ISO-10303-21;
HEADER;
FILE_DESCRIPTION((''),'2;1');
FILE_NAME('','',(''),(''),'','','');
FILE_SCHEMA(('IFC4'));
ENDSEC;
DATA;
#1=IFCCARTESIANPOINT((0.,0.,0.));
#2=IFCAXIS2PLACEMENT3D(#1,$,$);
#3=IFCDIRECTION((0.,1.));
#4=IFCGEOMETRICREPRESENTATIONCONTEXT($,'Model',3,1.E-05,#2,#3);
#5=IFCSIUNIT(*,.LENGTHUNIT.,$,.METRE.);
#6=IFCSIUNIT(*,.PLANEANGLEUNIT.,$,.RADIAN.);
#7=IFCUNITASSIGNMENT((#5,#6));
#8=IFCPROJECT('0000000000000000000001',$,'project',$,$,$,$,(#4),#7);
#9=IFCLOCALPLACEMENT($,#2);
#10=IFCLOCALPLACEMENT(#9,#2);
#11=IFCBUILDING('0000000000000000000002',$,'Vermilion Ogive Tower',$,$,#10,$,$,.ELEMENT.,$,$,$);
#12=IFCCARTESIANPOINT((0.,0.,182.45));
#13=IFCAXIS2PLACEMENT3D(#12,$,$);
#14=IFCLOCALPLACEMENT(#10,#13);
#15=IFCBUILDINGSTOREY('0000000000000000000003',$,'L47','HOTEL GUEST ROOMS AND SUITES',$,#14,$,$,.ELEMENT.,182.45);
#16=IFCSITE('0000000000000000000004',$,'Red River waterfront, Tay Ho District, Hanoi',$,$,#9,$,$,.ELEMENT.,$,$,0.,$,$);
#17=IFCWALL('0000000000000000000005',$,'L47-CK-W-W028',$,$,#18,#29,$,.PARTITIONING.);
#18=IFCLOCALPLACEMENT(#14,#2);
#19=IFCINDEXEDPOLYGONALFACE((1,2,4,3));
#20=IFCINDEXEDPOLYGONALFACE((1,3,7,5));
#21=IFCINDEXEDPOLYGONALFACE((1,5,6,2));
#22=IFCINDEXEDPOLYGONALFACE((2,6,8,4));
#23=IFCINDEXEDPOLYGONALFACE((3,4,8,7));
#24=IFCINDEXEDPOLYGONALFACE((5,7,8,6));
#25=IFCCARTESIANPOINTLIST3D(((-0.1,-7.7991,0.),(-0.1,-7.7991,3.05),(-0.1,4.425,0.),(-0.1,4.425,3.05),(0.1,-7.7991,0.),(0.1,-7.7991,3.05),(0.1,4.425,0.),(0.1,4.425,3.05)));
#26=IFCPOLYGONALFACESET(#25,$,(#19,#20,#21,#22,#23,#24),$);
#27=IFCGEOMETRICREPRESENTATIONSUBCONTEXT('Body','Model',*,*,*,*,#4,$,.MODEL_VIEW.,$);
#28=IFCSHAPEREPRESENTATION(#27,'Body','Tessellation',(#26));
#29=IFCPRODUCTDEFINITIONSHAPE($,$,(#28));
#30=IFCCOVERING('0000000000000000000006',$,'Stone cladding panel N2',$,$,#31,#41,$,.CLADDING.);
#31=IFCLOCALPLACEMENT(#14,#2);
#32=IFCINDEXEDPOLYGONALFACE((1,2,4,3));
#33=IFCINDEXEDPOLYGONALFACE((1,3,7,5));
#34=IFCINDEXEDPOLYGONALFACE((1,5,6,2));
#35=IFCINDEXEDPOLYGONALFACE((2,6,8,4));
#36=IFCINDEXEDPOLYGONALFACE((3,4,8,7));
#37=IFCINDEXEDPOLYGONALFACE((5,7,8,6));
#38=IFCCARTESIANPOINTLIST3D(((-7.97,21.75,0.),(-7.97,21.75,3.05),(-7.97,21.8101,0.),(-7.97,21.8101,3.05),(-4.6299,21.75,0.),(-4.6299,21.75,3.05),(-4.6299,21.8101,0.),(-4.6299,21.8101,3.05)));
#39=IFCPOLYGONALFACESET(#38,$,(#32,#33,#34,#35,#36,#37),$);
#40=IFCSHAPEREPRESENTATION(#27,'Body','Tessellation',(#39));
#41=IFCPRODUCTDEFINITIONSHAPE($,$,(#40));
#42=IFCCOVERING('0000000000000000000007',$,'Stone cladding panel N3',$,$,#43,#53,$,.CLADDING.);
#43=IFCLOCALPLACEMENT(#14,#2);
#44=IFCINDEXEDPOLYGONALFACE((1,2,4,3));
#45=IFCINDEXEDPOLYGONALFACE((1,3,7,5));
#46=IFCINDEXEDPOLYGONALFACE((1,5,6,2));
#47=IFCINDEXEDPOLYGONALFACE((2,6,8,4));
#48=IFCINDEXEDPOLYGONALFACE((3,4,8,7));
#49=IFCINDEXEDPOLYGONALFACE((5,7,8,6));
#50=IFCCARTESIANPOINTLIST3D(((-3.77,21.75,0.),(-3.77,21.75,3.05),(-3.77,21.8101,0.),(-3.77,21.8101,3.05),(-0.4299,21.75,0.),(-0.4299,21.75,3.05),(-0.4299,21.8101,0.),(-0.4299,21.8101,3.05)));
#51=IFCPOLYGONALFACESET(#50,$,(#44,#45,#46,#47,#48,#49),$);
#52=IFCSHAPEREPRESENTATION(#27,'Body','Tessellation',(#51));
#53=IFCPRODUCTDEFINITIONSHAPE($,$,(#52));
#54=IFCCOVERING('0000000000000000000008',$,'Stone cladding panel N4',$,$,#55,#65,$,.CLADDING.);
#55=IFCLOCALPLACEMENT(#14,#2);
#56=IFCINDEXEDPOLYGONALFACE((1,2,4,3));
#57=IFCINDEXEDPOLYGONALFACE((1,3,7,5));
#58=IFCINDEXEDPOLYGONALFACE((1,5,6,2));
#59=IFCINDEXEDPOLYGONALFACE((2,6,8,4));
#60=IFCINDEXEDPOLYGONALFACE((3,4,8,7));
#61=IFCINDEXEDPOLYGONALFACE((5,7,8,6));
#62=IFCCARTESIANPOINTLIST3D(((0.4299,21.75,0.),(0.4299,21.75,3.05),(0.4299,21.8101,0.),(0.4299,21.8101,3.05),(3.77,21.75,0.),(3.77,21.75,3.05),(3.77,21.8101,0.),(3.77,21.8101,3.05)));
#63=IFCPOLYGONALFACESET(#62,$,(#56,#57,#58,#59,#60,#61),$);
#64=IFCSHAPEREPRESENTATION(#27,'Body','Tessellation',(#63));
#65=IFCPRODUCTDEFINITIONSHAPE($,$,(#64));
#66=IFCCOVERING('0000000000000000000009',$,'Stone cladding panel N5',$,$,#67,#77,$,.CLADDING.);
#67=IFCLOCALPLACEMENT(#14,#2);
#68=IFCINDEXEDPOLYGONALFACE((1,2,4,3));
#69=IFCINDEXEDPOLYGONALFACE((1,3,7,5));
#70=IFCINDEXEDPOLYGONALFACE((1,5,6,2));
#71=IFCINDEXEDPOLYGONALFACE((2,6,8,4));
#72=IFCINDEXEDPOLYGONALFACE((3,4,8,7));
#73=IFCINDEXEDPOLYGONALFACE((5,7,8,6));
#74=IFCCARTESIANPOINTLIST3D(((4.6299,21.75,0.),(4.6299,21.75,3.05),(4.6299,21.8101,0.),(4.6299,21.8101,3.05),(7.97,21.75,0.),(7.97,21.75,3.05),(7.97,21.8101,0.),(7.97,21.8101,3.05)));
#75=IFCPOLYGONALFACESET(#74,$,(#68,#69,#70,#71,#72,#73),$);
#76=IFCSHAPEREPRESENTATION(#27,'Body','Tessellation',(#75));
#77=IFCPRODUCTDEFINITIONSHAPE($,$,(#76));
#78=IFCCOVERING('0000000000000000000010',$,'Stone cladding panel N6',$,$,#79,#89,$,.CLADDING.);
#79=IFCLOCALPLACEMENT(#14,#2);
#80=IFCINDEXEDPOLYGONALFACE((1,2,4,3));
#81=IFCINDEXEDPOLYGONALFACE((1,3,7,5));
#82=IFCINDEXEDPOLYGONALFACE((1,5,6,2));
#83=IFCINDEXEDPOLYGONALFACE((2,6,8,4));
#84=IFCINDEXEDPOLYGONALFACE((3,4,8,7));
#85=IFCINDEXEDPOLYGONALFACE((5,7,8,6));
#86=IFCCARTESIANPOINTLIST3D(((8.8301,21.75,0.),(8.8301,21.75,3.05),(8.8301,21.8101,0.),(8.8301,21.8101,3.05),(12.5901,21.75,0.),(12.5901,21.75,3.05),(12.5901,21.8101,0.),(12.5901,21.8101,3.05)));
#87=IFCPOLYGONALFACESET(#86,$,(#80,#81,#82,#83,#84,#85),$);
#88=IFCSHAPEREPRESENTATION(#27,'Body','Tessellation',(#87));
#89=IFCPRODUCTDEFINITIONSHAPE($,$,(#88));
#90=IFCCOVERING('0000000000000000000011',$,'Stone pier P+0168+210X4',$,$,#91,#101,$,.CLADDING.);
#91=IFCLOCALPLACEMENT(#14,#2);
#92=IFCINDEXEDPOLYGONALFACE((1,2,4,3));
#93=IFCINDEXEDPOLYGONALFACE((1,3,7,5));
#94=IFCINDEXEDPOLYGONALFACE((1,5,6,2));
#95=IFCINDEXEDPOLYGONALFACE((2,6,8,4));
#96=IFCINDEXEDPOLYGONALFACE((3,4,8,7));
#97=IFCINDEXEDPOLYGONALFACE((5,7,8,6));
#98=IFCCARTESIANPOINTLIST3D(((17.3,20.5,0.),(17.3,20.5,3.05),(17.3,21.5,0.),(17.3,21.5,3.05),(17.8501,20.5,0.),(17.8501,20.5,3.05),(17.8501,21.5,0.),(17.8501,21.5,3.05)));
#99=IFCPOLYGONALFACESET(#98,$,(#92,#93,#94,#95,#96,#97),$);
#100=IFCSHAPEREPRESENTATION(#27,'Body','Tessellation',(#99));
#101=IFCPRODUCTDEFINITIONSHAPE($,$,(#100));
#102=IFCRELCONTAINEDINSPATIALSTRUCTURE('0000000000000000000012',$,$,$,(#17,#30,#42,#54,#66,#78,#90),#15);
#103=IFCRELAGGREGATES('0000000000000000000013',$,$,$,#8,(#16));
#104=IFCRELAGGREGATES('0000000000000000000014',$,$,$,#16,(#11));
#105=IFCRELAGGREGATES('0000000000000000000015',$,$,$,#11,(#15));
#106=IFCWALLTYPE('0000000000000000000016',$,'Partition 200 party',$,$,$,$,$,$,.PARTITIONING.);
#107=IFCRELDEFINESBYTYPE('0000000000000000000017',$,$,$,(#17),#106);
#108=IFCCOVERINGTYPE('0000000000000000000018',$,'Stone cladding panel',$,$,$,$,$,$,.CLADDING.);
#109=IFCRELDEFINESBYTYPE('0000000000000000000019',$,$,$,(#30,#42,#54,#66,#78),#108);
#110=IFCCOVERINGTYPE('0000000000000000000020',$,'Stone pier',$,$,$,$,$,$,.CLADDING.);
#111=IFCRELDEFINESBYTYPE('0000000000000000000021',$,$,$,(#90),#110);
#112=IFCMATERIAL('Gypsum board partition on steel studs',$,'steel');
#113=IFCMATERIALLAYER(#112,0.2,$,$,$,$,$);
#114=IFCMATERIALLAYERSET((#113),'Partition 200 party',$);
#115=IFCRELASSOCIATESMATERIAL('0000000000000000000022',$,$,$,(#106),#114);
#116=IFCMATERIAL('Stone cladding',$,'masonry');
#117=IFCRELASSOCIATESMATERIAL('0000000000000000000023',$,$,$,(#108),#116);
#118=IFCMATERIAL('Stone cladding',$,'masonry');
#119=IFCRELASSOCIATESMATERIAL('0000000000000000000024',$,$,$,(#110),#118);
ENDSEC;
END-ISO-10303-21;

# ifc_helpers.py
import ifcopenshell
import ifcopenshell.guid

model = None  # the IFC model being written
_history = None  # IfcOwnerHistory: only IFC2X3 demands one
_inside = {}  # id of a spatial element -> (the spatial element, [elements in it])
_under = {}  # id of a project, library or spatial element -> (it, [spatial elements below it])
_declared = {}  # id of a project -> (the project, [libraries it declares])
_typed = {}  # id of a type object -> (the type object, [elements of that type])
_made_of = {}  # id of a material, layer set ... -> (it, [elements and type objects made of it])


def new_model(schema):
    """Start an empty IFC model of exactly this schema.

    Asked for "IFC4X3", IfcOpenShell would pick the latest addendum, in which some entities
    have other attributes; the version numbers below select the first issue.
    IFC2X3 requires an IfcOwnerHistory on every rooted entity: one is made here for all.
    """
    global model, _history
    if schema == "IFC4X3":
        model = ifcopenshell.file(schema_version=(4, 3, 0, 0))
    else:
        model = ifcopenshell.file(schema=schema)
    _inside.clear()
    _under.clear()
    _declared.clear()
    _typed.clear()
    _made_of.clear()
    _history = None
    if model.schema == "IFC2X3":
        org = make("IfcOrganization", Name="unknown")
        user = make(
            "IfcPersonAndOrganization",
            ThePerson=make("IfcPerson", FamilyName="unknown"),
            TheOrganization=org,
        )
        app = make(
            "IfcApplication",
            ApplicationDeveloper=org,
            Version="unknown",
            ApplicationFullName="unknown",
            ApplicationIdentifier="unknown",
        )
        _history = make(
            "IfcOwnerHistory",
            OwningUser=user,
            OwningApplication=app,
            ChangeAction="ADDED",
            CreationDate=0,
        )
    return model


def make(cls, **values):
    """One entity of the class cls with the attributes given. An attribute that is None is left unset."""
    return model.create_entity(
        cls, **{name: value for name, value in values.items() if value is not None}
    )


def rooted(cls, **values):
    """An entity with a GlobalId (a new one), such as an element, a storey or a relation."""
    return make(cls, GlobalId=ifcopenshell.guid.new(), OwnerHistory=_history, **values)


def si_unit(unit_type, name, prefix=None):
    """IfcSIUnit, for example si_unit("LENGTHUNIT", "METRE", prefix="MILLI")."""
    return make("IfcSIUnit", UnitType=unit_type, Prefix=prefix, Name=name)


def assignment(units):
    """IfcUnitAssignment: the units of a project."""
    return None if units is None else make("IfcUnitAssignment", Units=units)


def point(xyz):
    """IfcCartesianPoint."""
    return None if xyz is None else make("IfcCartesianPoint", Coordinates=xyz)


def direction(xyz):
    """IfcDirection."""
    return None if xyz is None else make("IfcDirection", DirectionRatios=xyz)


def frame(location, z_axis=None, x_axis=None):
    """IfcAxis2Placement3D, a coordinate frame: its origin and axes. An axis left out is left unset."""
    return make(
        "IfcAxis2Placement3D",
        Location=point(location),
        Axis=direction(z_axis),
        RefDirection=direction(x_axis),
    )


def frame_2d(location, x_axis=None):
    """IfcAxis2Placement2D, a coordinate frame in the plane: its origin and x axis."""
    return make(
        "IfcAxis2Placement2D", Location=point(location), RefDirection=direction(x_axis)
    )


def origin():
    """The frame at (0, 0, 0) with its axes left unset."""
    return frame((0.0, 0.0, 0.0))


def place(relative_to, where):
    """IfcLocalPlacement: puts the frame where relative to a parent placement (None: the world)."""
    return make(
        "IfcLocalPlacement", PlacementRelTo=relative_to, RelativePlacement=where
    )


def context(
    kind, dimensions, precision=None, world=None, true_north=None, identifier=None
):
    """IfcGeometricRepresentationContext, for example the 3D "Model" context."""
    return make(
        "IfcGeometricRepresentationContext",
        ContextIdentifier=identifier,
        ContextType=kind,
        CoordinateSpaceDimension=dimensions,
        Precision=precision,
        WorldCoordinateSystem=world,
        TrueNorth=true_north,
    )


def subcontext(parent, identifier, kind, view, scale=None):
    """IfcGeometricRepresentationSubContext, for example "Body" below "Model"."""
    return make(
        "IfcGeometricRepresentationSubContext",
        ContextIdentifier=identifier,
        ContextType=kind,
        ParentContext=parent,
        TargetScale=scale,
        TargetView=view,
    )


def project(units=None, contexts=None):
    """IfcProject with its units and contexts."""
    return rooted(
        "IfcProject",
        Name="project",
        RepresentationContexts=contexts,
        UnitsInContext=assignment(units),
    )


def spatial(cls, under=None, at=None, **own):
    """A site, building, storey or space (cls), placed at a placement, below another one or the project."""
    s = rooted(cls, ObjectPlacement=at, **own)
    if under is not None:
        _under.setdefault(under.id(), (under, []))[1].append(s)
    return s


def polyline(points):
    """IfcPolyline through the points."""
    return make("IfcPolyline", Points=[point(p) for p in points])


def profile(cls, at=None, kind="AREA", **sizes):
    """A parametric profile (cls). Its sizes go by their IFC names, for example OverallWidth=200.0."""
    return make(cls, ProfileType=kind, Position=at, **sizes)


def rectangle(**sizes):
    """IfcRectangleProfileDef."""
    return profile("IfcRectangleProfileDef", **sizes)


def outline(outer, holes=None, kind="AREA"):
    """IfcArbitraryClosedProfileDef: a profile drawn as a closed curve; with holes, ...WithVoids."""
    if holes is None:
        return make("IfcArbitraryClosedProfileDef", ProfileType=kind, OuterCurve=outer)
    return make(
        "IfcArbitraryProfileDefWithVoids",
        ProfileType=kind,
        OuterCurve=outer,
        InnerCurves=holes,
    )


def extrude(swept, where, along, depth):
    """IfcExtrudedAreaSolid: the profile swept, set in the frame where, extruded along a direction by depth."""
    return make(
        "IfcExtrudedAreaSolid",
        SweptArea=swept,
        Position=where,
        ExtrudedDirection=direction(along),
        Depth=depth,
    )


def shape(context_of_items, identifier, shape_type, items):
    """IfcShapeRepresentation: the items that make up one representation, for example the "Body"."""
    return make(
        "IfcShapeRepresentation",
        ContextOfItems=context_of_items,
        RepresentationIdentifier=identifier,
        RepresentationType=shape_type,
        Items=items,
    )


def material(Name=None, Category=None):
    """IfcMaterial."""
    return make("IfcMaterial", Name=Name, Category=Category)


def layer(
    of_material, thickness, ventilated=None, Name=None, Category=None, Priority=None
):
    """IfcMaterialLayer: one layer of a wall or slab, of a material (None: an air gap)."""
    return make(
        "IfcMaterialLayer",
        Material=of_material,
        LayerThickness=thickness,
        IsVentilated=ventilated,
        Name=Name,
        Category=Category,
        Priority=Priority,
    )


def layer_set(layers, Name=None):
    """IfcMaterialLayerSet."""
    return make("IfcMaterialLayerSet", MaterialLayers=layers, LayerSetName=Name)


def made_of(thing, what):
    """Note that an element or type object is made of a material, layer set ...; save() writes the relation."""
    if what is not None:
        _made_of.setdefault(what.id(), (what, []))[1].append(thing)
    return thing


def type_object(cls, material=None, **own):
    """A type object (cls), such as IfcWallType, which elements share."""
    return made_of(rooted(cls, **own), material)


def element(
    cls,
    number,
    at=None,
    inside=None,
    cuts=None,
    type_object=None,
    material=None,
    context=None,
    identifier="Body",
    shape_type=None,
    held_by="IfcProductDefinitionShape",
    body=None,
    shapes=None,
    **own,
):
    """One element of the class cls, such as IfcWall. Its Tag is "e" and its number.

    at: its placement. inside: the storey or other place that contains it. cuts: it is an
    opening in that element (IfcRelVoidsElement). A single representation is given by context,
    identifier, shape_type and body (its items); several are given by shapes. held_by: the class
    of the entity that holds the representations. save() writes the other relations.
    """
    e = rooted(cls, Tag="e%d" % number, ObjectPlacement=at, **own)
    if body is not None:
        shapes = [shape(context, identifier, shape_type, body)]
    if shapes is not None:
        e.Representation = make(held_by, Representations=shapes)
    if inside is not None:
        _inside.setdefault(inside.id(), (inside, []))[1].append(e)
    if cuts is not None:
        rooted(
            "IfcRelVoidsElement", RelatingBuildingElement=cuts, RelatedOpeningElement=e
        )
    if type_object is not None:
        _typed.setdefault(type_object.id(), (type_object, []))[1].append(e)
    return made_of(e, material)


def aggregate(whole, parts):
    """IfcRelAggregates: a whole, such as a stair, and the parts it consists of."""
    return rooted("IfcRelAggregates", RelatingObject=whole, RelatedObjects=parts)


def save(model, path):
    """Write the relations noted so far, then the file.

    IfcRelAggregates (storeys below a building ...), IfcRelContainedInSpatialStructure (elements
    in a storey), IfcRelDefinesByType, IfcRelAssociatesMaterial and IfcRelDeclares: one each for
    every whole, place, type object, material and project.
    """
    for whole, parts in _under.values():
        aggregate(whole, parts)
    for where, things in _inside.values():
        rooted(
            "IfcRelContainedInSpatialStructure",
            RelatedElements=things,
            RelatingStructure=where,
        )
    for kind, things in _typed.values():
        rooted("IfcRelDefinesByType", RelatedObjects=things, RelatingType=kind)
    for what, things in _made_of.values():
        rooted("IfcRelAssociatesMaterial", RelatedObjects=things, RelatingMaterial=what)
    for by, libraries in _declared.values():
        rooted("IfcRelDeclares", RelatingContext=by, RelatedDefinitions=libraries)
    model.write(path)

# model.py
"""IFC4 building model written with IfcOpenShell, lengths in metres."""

from ifc_helpers import new_model, si_unit, direction, frame, frame_2d, origin, place, context, subcontext, project, spatial, polyline, rectangle, outline, extrude, material, layer, layer_set, type_object, element, save


model = new_model("IFC4")

# Units and contexts
model_context = context("Model", 3, precision=1e-05, world=origin(), true_north=direction((0.0, 1.0)))
body_context = subcontext(model_context, "Body", "Model", "MODEL_VIEW")
ifc_project = project(units=[si_unit("LENGTHUNIT", "METRE"), si_unit("PLANEANGLEUNIT", "RADIAN")], contexts=[model_context])

# Site, building, storey
site_placement = place(None, origin())
site = spatial("IfcSite", under=ifc_project, at=site_placement, Name="Red River waterfront, Tay Ho District, Hanoi", CompositionType="ELEMENT", RefElevation=0.0)
building_placement = place(site_placement, origin())
building = spatial("IfcBuilding", under=site, at=building_placement, Name="Vermilion Ogive Tower", CompositionType="ELEMENT")
storey_placement = place(building_placement, frame((0.0, 0.0, 182.45)))
storey = spatial("IfcBuildingStorey", under=building, at=storey_placement, Name="L47", Description="HOTEL GUEST ROOMS AND SUITES", CompositionType="ELEMENT", Elevation=182.45)

# Wall
ifc_material_1 = material(Name="Gypsum board partition on steel studs", Category="steel")
ifc_layer_1 = layer(ifc_material_1, 0.2)
ifc_layer_set_1 = layer_set([ifc_layer_1], Name="Partition 200 party")
wall_type_1 = type_object("IfcWallType", Name="Partition 200 party", PredefinedType="PARTITIONING", material=ifc_layer_set_1)
wall_1_placement = place(storey_placement, frame((0.0, -7.7991, 0.0), z_axis=(0.0, 0.0, 1.0), x_axis=(0.0, 1.0, 0.0)))
element("IfcWall", 1, at=wall_1_placement, inside=storey, type_object=wall_type_1, Name="L47-CK-W-W028", PredefinedType="PARTITIONING", context=body_context, shape_type="SweptSolid", body=[
    extrude(rectangle(XDim=12.2241, YDim=0.2, at=frame_2d((6.1121, 0.0))), origin(), (0.0, 0.0, 1.0), 3.05),
])

# Coverings
ifc_material_2 = material(Name="Stone cladding", Category="masonry")
covering_type_1 = type_object("IfcCoveringType", Name="Stone cladding panel", PredefinedType="CLADDING", material=ifc_material_2)
covering_1_placement = place(storey_placement, origin())
element("IfcCovering", 2, at=covering_1_placement, inside=storey, type_object=covering_type_1, Name="Stone cladding panel N2", PredefinedType="CLADDING", context=body_context, shape_type="SweptSolid", body=[
    extrude(outline(polyline([(-7.97, 21.75), (-4.6299, 21.75), (-4.6299, 21.8101), (-7.97, 21.8101), (-7.97, 21.75)])), origin(), (0.0, 0.0, 1.0), 3.05),
])
covering_2_placement = place(storey_placement, origin())
element("IfcCovering", 3, at=covering_2_placement, inside=storey, type_object=covering_type_1, Name="Stone cladding panel N3", PredefinedType="CLADDING", context=body_context, shape_type="SweptSolid", body=[
    extrude(outline(polyline([(-3.77, 21.75), (-0.4299, 21.75), (-0.4299, 21.8101), (-3.77, 21.8101), (-3.77, 21.75)])), origin(), (0.0, 0.0, 1.0), 3.05),
])
covering_3_placement = place(storey_placement, origin())
element("IfcCovering", 4, at=covering_3_placement, inside=storey, type_object=covering_type_1, Name="Stone cladding panel N4", PredefinedType="CLADDING", context=body_context, shape_type="SweptSolid", body=[
    extrude(outline(polyline([(0.4299, 21.75), (3.77, 21.75), (3.77, 21.8101), (0.4299, 21.8101), (0.4299, 21.75)])), origin(), (0.0, 0.0, 1.0), 3.05),
])
covering_4_placement = place(storey_placement, origin())
element("IfcCovering", 5, at=covering_4_placement, inside=storey, type_object=covering_type_1, Name="Stone cladding panel N5", PredefinedType="CLADDING", context=body_context, shape_type="SweptSolid", body=[
    extrude(outline(polyline([(4.6299, 21.75), (7.97, 21.75), (7.97, 21.8101), (4.6299, 21.8101), (4.6299, 21.75)])), origin(), (0.0, 0.0, 1.0), 3.05),
])
covering_5_placement = place(storey_placement, origin())
element("IfcCovering", 6, at=covering_5_placement, inside=storey, type_object=covering_type_1, Name="Stone cladding panel N6", PredefinedType="CLADDING", context=body_context, shape_type="SweptSolid", body=[
    extrude(outline(polyline([(8.8301, 21.75), (12.5901, 21.75), (12.5901, 21.8101), (8.8301, 21.8101), (8.8301, 21.75)])), origin(), (0.0, 0.0, 1.0), 3.05),
])
ifc_material_3 = material(Name="Stone cladding", Category="masonry")
covering_type_2 = type_object("IfcCoveringType", Name="Stone pier", PredefinedType="CLADDING", material=ifc_material_3)
covering_6_placement = place(storey_placement, origin())
element("IfcCovering", 7, at=covering_6_placement, inside=storey, type_object=covering_type_2, Name="Stone pier P+0168+210X4", PredefinedType="CLADDING", context=body_context, shape_type="SweptSolid", body=[
    extrude(outline(polyline([(17.8501, 21.5), (17.8501, 20.5), (17.3, 20.5), (17.3, 21.5), (17.8501, 21.5)])), origin(), (0.0, 0.0, 1.0), 3.05),
])

save(model, "model.ifc")
